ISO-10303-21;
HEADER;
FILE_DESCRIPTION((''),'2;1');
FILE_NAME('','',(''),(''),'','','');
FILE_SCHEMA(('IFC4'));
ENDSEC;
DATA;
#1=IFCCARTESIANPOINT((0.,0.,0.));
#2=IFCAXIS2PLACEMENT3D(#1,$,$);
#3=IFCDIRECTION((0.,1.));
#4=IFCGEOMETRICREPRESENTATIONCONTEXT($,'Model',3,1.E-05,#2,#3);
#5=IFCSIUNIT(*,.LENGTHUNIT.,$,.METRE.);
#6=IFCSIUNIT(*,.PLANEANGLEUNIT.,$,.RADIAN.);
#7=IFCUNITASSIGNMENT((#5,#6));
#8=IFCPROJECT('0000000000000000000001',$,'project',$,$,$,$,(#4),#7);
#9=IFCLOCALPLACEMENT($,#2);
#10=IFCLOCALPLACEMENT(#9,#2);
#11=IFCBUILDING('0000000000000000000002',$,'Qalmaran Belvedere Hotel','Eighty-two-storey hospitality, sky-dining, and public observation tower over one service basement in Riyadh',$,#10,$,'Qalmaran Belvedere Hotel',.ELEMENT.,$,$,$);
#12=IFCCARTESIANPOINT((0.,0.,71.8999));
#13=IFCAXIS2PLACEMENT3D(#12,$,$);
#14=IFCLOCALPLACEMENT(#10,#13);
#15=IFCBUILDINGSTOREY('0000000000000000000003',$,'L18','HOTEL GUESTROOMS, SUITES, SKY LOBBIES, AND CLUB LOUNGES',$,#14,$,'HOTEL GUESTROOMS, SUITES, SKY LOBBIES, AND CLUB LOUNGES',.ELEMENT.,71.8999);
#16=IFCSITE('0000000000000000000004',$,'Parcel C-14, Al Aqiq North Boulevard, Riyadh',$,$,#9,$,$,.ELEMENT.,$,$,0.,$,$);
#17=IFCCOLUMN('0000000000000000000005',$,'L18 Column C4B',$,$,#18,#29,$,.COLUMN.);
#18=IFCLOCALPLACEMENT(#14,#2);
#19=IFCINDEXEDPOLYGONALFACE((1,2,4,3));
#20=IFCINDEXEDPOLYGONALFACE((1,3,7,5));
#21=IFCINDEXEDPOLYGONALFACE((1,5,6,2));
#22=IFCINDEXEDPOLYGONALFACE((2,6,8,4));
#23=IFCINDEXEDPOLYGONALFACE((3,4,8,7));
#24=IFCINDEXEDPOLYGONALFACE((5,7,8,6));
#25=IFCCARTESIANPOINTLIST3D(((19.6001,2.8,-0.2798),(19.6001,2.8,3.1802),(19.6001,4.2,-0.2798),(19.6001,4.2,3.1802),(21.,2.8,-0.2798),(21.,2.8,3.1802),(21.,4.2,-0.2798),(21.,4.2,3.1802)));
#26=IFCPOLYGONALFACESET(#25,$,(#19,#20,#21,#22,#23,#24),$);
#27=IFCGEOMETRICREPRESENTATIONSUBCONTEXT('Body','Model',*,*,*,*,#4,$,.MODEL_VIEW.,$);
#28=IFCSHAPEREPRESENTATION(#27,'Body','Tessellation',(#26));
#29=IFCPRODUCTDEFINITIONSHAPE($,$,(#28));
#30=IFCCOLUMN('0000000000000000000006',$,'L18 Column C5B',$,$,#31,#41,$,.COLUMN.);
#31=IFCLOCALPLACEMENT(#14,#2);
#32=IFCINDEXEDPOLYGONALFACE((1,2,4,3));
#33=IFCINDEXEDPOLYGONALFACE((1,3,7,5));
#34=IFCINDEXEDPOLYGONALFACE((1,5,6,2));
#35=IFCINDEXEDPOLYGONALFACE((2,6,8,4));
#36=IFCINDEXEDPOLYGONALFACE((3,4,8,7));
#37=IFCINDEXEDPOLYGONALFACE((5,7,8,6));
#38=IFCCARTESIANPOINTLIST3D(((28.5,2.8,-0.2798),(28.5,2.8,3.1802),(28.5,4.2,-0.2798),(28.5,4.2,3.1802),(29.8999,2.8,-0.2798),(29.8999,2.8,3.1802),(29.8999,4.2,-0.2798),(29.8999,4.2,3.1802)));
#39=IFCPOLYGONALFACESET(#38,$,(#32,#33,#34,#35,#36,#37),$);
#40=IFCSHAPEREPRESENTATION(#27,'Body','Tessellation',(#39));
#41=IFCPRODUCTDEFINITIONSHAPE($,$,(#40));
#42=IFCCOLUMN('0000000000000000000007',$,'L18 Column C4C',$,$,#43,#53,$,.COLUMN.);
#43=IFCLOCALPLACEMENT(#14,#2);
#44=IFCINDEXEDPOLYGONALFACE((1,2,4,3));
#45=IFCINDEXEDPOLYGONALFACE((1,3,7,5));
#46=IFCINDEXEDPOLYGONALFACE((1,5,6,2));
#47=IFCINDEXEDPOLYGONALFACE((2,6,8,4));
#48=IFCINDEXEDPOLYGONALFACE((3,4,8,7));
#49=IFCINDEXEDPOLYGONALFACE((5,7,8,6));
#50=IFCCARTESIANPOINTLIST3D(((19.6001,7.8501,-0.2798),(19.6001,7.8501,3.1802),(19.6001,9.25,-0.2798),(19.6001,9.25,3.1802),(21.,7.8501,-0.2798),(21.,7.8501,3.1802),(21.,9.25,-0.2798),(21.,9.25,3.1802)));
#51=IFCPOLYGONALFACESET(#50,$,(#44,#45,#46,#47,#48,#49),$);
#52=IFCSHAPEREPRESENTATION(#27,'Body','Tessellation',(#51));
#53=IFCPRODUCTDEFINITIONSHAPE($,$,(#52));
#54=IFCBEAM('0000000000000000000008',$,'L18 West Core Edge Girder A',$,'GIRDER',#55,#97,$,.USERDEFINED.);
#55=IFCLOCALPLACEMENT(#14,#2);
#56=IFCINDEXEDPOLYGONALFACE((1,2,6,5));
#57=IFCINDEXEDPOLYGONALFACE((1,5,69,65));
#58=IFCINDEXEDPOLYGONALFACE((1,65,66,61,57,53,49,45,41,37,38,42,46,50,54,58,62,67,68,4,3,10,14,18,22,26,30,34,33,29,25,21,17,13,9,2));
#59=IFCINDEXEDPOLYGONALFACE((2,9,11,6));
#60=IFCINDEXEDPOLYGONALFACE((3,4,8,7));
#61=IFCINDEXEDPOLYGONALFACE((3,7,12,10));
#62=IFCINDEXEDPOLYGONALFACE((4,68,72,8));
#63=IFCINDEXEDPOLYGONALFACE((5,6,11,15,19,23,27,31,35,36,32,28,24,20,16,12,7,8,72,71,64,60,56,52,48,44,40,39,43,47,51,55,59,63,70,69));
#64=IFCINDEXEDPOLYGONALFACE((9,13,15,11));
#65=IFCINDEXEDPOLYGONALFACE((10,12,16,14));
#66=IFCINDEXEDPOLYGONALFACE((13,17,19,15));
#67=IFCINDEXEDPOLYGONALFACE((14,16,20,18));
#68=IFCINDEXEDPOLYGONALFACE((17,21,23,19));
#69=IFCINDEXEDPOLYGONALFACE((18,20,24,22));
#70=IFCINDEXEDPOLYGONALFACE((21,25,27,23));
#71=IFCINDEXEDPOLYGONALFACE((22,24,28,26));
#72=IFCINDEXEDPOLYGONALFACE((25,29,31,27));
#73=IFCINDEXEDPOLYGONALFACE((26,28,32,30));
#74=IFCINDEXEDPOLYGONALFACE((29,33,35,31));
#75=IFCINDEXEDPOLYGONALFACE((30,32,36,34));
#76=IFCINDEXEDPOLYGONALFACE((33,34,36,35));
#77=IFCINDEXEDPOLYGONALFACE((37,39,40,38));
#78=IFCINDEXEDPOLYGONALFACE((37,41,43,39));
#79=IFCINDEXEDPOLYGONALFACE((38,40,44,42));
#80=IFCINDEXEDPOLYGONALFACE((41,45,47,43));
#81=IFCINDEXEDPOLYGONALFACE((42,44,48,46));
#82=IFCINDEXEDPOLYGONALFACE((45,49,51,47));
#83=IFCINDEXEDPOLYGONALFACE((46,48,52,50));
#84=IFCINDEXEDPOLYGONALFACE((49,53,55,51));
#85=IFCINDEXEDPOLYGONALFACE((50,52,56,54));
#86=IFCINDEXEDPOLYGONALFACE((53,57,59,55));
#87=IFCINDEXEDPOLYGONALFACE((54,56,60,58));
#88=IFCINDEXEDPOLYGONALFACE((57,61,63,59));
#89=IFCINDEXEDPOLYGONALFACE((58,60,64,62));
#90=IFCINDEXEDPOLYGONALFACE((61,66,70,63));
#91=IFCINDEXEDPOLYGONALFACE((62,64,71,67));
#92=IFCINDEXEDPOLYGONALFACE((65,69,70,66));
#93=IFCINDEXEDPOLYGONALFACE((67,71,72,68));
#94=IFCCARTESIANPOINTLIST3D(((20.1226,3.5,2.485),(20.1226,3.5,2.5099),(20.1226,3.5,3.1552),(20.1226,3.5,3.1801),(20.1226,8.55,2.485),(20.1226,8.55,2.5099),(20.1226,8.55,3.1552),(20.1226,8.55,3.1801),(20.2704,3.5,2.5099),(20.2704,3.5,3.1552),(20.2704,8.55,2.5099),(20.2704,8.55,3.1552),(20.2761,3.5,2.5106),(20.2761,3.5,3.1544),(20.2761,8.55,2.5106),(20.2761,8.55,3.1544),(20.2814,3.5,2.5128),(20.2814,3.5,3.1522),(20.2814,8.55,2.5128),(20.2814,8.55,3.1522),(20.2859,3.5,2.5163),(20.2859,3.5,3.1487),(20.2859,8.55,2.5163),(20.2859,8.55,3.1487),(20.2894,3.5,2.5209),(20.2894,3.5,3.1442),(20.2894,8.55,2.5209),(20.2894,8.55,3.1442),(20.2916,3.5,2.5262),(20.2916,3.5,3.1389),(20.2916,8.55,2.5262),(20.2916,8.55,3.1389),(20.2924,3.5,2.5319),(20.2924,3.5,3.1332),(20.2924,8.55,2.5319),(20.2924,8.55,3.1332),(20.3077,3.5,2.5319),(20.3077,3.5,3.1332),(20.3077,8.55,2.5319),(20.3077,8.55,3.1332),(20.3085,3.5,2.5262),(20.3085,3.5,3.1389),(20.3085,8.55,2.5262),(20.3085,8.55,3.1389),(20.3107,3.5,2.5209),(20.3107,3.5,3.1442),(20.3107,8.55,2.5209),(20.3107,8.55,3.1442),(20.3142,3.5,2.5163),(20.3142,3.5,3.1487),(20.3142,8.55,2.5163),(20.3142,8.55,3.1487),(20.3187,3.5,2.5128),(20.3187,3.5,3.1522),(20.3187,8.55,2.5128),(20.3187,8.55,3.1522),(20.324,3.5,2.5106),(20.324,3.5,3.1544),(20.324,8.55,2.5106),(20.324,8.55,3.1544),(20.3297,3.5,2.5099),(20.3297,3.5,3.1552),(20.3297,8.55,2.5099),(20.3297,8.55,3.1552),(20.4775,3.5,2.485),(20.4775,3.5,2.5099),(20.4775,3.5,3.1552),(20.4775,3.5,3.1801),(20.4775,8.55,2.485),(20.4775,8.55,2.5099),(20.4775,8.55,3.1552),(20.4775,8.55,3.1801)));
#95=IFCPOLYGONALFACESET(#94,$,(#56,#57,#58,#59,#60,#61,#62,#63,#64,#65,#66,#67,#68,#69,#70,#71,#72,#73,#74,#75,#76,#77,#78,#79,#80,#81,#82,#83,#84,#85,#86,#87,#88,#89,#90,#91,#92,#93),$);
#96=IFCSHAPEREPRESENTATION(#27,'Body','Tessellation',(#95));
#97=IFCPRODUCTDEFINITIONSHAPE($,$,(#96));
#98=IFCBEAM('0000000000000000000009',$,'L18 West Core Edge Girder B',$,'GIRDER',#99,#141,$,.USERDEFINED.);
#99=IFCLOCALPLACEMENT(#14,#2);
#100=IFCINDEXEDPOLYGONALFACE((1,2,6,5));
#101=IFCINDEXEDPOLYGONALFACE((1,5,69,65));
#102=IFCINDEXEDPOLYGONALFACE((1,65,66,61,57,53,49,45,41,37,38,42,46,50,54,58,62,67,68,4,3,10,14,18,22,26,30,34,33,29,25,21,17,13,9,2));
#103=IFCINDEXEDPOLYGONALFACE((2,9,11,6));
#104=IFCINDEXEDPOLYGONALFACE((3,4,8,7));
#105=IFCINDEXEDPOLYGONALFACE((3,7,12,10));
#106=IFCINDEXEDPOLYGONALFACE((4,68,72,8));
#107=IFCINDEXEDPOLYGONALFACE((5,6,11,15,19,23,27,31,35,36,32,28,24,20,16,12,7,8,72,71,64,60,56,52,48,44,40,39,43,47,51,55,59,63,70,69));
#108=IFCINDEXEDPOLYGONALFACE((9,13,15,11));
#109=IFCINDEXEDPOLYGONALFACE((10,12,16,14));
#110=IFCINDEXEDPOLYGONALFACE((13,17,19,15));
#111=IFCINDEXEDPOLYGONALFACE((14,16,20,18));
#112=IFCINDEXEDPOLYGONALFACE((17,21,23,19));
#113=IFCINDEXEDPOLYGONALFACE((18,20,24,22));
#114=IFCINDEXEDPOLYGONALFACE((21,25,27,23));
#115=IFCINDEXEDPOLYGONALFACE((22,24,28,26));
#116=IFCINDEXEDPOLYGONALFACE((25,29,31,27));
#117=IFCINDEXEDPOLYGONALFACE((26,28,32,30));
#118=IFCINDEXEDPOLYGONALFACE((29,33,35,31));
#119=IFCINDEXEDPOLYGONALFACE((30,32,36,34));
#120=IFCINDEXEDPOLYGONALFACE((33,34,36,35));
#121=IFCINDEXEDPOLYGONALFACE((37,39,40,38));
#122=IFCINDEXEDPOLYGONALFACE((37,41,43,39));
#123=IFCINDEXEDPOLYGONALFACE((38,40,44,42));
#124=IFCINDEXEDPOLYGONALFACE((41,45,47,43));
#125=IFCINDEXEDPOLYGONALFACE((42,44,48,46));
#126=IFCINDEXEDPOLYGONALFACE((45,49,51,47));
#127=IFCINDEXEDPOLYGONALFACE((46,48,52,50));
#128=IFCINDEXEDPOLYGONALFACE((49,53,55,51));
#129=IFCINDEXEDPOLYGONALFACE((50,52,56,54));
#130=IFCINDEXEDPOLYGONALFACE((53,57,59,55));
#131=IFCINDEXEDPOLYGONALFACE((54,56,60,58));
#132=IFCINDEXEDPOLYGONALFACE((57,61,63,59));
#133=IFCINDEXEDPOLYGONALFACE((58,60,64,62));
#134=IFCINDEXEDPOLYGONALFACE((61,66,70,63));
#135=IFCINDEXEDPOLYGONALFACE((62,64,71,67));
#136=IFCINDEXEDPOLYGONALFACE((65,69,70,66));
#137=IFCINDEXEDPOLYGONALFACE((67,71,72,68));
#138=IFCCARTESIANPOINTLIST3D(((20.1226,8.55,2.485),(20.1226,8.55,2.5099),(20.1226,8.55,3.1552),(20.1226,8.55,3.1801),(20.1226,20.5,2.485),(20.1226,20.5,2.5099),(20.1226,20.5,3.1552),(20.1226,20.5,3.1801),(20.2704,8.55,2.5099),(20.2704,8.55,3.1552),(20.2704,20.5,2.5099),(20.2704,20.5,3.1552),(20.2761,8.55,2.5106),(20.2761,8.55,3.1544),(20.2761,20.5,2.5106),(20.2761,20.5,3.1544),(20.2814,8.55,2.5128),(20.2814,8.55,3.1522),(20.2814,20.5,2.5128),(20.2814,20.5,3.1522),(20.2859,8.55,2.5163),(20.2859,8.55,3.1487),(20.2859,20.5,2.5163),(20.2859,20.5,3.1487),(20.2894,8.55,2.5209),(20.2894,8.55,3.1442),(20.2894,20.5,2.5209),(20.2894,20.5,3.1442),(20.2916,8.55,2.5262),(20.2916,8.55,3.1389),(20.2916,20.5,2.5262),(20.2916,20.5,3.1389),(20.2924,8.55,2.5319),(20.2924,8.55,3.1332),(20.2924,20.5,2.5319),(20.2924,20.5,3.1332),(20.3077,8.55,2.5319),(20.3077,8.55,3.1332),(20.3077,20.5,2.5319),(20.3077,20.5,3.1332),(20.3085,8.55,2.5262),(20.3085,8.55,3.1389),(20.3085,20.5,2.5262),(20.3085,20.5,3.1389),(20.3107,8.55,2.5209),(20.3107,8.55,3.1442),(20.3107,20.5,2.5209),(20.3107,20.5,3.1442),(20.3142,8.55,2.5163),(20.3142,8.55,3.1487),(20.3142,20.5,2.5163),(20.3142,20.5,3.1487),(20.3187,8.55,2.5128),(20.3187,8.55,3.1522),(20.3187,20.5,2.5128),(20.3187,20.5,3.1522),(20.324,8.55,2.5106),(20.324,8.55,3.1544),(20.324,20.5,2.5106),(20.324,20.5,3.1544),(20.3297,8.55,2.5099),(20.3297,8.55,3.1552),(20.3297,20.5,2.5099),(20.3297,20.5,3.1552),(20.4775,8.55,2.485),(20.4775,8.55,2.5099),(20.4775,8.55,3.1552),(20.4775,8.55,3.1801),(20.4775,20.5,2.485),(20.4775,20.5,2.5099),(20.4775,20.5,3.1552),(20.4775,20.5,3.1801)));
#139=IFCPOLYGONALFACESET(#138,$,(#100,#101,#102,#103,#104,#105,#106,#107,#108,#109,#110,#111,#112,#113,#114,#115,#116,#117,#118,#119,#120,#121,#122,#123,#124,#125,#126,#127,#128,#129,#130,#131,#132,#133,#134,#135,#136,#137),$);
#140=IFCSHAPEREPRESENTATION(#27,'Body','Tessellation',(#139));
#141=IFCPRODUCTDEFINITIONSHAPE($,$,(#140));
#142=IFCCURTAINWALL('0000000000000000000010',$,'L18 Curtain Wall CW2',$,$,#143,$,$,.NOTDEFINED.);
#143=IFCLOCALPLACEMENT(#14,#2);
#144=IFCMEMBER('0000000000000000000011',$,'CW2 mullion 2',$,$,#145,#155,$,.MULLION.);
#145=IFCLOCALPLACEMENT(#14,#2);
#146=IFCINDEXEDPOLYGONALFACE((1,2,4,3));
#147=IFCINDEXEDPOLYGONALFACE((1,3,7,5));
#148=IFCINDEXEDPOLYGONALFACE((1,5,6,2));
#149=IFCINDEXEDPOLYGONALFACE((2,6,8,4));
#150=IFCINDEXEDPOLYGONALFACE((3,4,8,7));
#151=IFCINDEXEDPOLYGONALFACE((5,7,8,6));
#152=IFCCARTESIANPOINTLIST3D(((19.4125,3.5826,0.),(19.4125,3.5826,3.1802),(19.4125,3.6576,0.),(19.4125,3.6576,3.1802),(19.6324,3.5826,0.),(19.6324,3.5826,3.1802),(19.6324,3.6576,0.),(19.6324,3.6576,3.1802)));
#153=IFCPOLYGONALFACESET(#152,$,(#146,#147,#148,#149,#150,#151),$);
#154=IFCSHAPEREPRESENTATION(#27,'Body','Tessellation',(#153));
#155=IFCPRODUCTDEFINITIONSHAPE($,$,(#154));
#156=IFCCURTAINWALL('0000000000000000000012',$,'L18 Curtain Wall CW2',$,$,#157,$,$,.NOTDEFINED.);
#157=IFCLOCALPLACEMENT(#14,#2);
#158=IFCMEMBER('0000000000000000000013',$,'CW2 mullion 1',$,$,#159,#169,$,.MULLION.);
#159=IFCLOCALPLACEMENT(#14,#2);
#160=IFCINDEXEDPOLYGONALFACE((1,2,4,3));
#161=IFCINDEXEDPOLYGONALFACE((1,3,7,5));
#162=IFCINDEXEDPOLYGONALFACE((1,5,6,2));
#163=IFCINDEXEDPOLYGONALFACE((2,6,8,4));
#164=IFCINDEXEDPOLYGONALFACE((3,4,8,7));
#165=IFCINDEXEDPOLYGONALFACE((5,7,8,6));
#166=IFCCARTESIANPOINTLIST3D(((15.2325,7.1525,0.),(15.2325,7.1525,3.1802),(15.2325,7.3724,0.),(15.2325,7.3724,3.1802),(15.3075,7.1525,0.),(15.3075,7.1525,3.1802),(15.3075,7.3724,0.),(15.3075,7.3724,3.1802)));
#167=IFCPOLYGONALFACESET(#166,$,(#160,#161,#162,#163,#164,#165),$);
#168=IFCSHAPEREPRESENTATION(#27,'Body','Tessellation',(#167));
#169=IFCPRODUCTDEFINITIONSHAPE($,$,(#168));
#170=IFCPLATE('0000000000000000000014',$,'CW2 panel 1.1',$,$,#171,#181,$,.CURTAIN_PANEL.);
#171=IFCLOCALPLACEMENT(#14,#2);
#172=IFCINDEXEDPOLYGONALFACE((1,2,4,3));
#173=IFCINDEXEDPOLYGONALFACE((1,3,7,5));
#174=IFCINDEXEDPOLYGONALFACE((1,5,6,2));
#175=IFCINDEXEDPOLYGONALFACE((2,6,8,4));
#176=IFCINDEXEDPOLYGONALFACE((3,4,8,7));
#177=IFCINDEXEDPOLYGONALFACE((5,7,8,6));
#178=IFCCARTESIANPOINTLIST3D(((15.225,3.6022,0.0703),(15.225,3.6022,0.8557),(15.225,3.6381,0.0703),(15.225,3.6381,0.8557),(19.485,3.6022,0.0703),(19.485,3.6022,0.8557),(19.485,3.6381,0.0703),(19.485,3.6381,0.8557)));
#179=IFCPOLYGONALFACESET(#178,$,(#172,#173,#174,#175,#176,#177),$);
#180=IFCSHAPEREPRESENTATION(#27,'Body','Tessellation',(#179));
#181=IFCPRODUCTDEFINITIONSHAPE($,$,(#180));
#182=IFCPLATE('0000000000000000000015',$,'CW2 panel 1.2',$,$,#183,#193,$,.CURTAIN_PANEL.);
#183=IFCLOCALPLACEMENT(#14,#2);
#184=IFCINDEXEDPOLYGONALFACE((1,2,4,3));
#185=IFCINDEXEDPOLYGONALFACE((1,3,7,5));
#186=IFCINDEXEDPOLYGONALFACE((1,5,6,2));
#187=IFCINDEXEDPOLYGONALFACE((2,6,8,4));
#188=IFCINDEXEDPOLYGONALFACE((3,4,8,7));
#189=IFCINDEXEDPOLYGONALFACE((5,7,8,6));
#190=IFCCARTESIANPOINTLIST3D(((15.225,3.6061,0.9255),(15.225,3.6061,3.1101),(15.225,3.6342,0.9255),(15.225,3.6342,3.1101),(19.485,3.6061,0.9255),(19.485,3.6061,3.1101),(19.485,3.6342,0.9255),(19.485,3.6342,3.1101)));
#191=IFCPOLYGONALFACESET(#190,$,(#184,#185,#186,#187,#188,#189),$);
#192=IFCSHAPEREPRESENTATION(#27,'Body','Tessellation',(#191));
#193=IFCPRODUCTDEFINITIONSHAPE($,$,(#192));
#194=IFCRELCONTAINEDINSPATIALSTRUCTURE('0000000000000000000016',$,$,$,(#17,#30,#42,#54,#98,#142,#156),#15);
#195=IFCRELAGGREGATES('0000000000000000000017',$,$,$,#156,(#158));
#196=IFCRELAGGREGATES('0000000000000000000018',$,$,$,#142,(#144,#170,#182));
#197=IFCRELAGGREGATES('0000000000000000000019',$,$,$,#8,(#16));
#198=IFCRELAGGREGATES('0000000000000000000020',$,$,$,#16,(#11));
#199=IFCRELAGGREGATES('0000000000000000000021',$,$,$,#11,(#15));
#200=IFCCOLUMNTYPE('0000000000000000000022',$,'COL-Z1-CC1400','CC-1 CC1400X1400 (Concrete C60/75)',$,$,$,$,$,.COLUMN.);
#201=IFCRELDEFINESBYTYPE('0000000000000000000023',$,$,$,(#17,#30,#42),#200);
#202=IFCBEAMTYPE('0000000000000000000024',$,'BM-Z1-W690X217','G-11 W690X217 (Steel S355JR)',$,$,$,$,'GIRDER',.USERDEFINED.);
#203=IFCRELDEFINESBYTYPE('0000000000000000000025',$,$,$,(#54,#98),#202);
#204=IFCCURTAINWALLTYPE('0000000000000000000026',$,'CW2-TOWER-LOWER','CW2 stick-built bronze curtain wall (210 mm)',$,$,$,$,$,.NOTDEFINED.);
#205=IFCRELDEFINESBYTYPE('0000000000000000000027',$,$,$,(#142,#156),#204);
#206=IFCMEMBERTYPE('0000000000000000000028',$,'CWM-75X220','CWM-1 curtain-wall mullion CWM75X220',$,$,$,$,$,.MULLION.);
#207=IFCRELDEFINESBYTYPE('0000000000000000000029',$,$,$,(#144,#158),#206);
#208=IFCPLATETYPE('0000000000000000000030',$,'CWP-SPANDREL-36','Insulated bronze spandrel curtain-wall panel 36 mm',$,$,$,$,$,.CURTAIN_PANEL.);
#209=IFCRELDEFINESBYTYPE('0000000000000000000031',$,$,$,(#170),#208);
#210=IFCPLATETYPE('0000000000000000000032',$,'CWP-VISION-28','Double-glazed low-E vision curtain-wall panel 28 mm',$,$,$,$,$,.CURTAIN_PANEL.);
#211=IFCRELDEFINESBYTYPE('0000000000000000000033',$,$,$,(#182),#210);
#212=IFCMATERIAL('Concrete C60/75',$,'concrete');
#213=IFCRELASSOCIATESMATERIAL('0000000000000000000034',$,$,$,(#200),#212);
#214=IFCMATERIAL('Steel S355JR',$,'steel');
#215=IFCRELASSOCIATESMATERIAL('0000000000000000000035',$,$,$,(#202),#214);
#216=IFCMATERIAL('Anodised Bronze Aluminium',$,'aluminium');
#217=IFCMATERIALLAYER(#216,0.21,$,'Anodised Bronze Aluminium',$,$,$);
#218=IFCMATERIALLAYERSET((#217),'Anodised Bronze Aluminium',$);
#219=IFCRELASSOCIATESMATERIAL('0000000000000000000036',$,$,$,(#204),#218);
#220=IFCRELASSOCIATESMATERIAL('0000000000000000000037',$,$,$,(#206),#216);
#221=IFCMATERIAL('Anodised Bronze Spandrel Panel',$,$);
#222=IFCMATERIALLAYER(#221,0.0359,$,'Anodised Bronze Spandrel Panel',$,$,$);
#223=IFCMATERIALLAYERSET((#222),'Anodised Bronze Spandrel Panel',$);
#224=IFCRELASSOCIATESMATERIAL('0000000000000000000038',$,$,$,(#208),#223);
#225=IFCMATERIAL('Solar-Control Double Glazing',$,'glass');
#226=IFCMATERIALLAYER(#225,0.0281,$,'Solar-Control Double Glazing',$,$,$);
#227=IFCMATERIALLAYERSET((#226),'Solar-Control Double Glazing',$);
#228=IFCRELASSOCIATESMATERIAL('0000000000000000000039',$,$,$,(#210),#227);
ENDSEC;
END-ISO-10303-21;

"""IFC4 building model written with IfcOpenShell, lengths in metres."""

from ifc_helpers import new_model, si_unit, direction, frame, origin, origin_2d, place, context, subcontext, project, spatial, rectangle, i_section, extrude, material, layer, layer_set, material_profile, profile_set, type_object, element, aggregate, save


model = new_model("IFC4")

# Units and contexts
model_context = context("Model", 3, precision=1e-05, world=origin(), true_north=direction((0.0, 1.0)))
body_context = subcontext(model_context, "Body", "Model", "MODEL_VIEW")
ifc_project = project(units=[si_unit("LENGTHUNIT", "METRE"), si_unit("PLANEANGLEUNIT", "RADIAN")], contexts=[model_context])

# Site, building, storey
site_placement = place(None, origin())
site = spatial("IfcSite", under=ifc_project, at=site_placement, Name="Parcel C-14, Al Aqiq North Boulevard, Riyadh", CompositionType="ELEMENT", RefElevation=0.0)
building_placement = place(site_placement, origin())
building = spatial("IfcBuilding", under=site, at=building_placement, Name="Qalmaran Belvedere Hotel", Description="Eighty-two-storey hospitality, sky-dining, and public observation tower over one service basement in Riyadh", LongName="Qalmaran Belvedere Hotel", CompositionType="ELEMENT")
storey_placement = place(building_placement, frame((0.0, 0.0, 71.8999)))
storey = spatial("IfcBuildingStorey", under=building, at=storey_placement, Name="L18", Description="HOTEL GUESTROOMS, SUITES, SKY LOBBIES, AND CLUB LOUNGES", LongName="HOTEL GUESTROOMS, SUITES, SKY LOBBIES, AND CLUB LOUNGES", CompositionType="ELEMENT", Elevation=71.8999)

# Columns
ifc_material_1 = material(Name="Concrete C60/75", Category="concrete")
ifc_material_profile_1 = material_profile(ifc_material_1, rectangle(XDim=1.3999, YDim=1.3999, at=origin_2d()), Name="CC1400X1400")
ifc_profile_set_1 = profile_set([ifc_material_profile_1], Name="Concrete C60/75")
column_type = type_object("IfcColumnType", Name="COL-Z1-CC1400", Description="CC-1 CC1400X1400 (Concrete C60/75)", PredefinedType="COLUMN", material=ifc_profile_set_1)
for number, where, z_axis, x_axis, name in (
    (1, (20.3, 3.5, -0.2798), (0.0, 0.0, 1.0), (1.0, 0.0, 0.0), "L18 Column C4B"),
    (2, (29.2, 3.5, -0.2798), (0.0, 0.0, 1.0), (1.0, 0.0, 0.0), "L18 Column C5B"),
    (3, (20.3, 8.55, -0.2798), (0.0, 0.0, 1.0), (1.0, 0.0, 0.0), "L18 Column C4C"),
):
    element("IfcColumn", number, at=place(storey_placement, frame(where, z_axis=z_axis, x_axis=x_axis)), inside=storey, type_object=column_type, Name=name, PredefinedType="COLUMN", context=body_context, shape_type="SweptSolid", body=[
        extrude(rectangle(XDim=1.3999, YDim=1.3999, at=origin_2d()), origin(), (0.0, 0.0, 1.0), 3.46),
    ])

# Beams
ifc_material_2 = material(Name="Steel S355JR", Category="steel")
ifc_material_profile_2 = material_profile(ifc_material_2, i_section(OverallWidth=0.355, OverallDepth=0.6951, WebThickness=0.0154, FlangeThickness=0.0249, FilletRadius=0.022, at=origin_2d()), Name="W690X217")
ifc_profile_set_2 = profile_set([ifc_material_profile_2], Name="Steel S355JR")
beam_type = type_object("IfcBeamType", Name="BM-Z1-W690X217", Description="G-11 W690X217 (Steel S355JR)", ElementType="GIRDER", PredefinedType="USERDEFINED", material=ifc_profile_set_2)
beam_1_placement = place(storey_placement, frame((20.3, 3.5, 2.8325), z_axis=(0.0, 1.0, 0.0), x_axis=(-1.0, 0.0, 0.0)))
element("IfcBeam", 4, at=beam_1_placement, inside=storey, type_object=beam_type, Name="L18 West Core Edge Girder A", ObjectType="GIRDER", PredefinedType="USERDEFINED", context=body_context, shape_type="SweptSolid", body=[
    extrude(i_section(OverallWidth=0.355, OverallDepth=0.6951, WebThickness=0.0154, FlangeThickness=0.0249, FilletRadius=0.022, at=origin_2d()), origin(), (0.0, 0.0, 1.0), 5.05),
])
beam_2_placement = place(storey_placement, frame((20.3, 8.55, 2.8325), z_axis=(0.0, 1.0, 0.0), x_axis=(-1.0, 0.0, 0.0)))
element("IfcBeam", 5, at=beam_2_placement, inside=storey, type_object=beam_type, Name="L18 West Core Edge Girder B", ObjectType="GIRDER", PredefinedType="USERDEFINED", context=body_context, shape_type="SweptSolid", body=[
    extrude(i_section(OverallWidth=0.355, OverallDepth=0.6951, WebThickness=0.0154, FlangeThickness=0.0249, FilletRadius=0.022, at=origin_2d()), origin(), (0.0, 0.0, 1.0), 11.95),
])

# Curtain walls, members
ifc_material_3 = material(Name="Anodised Bronze Aluminium", Category="aluminium")
ifc_layer_1 = layer(ifc_material_3, 0.21, Name="Anodised Bronze Aluminium")
ifc_layer_set_1 = layer_set([ifc_layer_1], Name="Anodised Bronze Aluminium")
curtain_wall_type = type_object("IfcCurtainWallType", Name="CW2-TOWER-LOWER", Description="CW2 stick-built bronze curtain wall (210 mm)", PredefinedType="NOTDEFINED", material=ifc_layer_set_1)
curtain_wall_1_placement = place(storey_placement, origin())
curtain_wall_1 = element("IfcCurtainWall", 6, at=curtain_wall_1_placement, inside=storey, type_object=curtain_wall_type, Name="L18 Curtain Wall CW2", PredefinedType="NOTDEFINED")
ifc_material_profile_3 = material_profile(ifc_material_3, rectangle(XDim=0.075, YDim=0.22, at=origin_2d()), Name="CWM75X220")
ifc_profile_set_3 = profile_set([ifc_material_profile_3], Name="Anodised Bronze Aluminium")
member_type = type_object("IfcMemberType", Name="CWM-75X220", Description="CWM-1 curtain-wall mullion CWM75X220", PredefinedType="MULLION", material=ifc_profile_set_3)
member_1_placement = place(storey_placement, frame((19.5225, 3.6201, 0.0), z_axis=(0.0, 0.0, 1.0), x_axis=(0.0, 1.0, 0.0)))
member_1 = element("IfcMember", 7, at=member_1_placement, type_object=member_type, Name="CW2 mullion 2", PredefinedType="MULLION", context=body_context, shape_type="SweptSolid", body=[
    extrude(rectangle(XDim=0.075, YDim=0.22, at=origin_2d()), origin(), (0.0, 0.0, 1.0), 3.1802),
])
curtain_wall_2_placement = place(storey_placement, origin())
curtain_wall_2 = element("IfcCurtainWall", 8, at=curtain_wall_2_placement, inside=storey, type_object=curtain_wall_type, Name="L18 Curtain Wall CW2", PredefinedType="NOTDEFINED")
member_2_placement = place(storey_placement, frame((15.27, 7.2625, 0.0), z_axis=(0.0, 0.0, 1.0), x_axis=(1.0, 0.0, 0.0)))
member_2 = element("IfcMember", 9, at=member_2_placement, type_object=member_type, Name="CW2 mullion 1", PredefinedType="MULLION", context=body_context, shape_type="SweptSolid", body=[
    extrude(rectangle(XDim=0.075, YDim=0.22, at=origin_2d()), origin(), (0.0, 0.0, 1.0), 3.1802),
])
aggregate(curtain_wall_2, [member_2])

# Plates
ifc_material_4 = material(Name="Anodised Bronze Spandrel Panel")
ifc_layer_2 = layer(ifc_material_4, 0.0359, Name="Anodised Bronze Spandrel Panel")
ifc_layer_set_2 = layer_set([ifc_layer_2], Name="Anodised Bronze Spandrel Panel")
plate_type_1 = type_object("IfcPlateType", Name="CWP-SPANDREL-36", Description="Insulated bronze spandrel curtain-wall panel 36 mm", PredefinedType="CURTAIN_PANEL", material=ifc_layer_set_2)
plate_1_placement = place(storey_placement, frame((17.355, 3.6201, 0.0703), z_axis=(0.0, 0.0, 1.0), x_axis=(1.0, 0.0, 0.0)))
plate_1 = element("IfcPlate", 10, at=plate_1_placement, type_object=plate_type_1, Name="CW2 panel 1.1", PredefinedType="CURTAIN_PANEL", context=body_context, shape_type="SweptSolid", body=[
    extrude(rectangle(XDim=4.26, YDim=0.0359, at=origin_2d()), origin(), (0.0, 0.0, 1.0), 0.7854),
])
ifc_material_5 = material(Name="Solar-Control Double Glazing", Category="glass")
ifc_layer_3 = layer(ifc_material_5, 0.0281, Name="Solar-Control Double Glazing")
ifc_layer_set_3 = layer_set([ifc_layer_3], Name="Solar-Control Double Glazing")
plate_type_2 = type_object("IfcPlateType", Name="CWP-VISION-28", Description="Double-glazed low-E vision curtain-wall panel 28 mm", PredefinedType="CURTAIN_PANEL", material=ifc_layer_set_3)
plate_2_placement = place(storey_placement, frame((17.355, 3.6201, 0.9255), z_axis=(0.0, 0.0, 1.0), x_axis=(1.0, 0.0, 0.0)))
plate_2 = element("IfcPlate", 11, at=plate_2_placement, type_object=plate_type_2, Name="CW2 panel 1.2", PredefinedType="CURTAIN_PANEL", context=body_context, shape_type="SweptSolid", body=[
    extrude(rectangle(XDim=4.26, YDim=0.0281, at=origin_2d()), origin(), (0.0, 0.0, 1.0), 2.1846),
])
aggregate(curtain_wall_1, [member_1, plate_1, plate_2])

save(model, "model.ifc")
